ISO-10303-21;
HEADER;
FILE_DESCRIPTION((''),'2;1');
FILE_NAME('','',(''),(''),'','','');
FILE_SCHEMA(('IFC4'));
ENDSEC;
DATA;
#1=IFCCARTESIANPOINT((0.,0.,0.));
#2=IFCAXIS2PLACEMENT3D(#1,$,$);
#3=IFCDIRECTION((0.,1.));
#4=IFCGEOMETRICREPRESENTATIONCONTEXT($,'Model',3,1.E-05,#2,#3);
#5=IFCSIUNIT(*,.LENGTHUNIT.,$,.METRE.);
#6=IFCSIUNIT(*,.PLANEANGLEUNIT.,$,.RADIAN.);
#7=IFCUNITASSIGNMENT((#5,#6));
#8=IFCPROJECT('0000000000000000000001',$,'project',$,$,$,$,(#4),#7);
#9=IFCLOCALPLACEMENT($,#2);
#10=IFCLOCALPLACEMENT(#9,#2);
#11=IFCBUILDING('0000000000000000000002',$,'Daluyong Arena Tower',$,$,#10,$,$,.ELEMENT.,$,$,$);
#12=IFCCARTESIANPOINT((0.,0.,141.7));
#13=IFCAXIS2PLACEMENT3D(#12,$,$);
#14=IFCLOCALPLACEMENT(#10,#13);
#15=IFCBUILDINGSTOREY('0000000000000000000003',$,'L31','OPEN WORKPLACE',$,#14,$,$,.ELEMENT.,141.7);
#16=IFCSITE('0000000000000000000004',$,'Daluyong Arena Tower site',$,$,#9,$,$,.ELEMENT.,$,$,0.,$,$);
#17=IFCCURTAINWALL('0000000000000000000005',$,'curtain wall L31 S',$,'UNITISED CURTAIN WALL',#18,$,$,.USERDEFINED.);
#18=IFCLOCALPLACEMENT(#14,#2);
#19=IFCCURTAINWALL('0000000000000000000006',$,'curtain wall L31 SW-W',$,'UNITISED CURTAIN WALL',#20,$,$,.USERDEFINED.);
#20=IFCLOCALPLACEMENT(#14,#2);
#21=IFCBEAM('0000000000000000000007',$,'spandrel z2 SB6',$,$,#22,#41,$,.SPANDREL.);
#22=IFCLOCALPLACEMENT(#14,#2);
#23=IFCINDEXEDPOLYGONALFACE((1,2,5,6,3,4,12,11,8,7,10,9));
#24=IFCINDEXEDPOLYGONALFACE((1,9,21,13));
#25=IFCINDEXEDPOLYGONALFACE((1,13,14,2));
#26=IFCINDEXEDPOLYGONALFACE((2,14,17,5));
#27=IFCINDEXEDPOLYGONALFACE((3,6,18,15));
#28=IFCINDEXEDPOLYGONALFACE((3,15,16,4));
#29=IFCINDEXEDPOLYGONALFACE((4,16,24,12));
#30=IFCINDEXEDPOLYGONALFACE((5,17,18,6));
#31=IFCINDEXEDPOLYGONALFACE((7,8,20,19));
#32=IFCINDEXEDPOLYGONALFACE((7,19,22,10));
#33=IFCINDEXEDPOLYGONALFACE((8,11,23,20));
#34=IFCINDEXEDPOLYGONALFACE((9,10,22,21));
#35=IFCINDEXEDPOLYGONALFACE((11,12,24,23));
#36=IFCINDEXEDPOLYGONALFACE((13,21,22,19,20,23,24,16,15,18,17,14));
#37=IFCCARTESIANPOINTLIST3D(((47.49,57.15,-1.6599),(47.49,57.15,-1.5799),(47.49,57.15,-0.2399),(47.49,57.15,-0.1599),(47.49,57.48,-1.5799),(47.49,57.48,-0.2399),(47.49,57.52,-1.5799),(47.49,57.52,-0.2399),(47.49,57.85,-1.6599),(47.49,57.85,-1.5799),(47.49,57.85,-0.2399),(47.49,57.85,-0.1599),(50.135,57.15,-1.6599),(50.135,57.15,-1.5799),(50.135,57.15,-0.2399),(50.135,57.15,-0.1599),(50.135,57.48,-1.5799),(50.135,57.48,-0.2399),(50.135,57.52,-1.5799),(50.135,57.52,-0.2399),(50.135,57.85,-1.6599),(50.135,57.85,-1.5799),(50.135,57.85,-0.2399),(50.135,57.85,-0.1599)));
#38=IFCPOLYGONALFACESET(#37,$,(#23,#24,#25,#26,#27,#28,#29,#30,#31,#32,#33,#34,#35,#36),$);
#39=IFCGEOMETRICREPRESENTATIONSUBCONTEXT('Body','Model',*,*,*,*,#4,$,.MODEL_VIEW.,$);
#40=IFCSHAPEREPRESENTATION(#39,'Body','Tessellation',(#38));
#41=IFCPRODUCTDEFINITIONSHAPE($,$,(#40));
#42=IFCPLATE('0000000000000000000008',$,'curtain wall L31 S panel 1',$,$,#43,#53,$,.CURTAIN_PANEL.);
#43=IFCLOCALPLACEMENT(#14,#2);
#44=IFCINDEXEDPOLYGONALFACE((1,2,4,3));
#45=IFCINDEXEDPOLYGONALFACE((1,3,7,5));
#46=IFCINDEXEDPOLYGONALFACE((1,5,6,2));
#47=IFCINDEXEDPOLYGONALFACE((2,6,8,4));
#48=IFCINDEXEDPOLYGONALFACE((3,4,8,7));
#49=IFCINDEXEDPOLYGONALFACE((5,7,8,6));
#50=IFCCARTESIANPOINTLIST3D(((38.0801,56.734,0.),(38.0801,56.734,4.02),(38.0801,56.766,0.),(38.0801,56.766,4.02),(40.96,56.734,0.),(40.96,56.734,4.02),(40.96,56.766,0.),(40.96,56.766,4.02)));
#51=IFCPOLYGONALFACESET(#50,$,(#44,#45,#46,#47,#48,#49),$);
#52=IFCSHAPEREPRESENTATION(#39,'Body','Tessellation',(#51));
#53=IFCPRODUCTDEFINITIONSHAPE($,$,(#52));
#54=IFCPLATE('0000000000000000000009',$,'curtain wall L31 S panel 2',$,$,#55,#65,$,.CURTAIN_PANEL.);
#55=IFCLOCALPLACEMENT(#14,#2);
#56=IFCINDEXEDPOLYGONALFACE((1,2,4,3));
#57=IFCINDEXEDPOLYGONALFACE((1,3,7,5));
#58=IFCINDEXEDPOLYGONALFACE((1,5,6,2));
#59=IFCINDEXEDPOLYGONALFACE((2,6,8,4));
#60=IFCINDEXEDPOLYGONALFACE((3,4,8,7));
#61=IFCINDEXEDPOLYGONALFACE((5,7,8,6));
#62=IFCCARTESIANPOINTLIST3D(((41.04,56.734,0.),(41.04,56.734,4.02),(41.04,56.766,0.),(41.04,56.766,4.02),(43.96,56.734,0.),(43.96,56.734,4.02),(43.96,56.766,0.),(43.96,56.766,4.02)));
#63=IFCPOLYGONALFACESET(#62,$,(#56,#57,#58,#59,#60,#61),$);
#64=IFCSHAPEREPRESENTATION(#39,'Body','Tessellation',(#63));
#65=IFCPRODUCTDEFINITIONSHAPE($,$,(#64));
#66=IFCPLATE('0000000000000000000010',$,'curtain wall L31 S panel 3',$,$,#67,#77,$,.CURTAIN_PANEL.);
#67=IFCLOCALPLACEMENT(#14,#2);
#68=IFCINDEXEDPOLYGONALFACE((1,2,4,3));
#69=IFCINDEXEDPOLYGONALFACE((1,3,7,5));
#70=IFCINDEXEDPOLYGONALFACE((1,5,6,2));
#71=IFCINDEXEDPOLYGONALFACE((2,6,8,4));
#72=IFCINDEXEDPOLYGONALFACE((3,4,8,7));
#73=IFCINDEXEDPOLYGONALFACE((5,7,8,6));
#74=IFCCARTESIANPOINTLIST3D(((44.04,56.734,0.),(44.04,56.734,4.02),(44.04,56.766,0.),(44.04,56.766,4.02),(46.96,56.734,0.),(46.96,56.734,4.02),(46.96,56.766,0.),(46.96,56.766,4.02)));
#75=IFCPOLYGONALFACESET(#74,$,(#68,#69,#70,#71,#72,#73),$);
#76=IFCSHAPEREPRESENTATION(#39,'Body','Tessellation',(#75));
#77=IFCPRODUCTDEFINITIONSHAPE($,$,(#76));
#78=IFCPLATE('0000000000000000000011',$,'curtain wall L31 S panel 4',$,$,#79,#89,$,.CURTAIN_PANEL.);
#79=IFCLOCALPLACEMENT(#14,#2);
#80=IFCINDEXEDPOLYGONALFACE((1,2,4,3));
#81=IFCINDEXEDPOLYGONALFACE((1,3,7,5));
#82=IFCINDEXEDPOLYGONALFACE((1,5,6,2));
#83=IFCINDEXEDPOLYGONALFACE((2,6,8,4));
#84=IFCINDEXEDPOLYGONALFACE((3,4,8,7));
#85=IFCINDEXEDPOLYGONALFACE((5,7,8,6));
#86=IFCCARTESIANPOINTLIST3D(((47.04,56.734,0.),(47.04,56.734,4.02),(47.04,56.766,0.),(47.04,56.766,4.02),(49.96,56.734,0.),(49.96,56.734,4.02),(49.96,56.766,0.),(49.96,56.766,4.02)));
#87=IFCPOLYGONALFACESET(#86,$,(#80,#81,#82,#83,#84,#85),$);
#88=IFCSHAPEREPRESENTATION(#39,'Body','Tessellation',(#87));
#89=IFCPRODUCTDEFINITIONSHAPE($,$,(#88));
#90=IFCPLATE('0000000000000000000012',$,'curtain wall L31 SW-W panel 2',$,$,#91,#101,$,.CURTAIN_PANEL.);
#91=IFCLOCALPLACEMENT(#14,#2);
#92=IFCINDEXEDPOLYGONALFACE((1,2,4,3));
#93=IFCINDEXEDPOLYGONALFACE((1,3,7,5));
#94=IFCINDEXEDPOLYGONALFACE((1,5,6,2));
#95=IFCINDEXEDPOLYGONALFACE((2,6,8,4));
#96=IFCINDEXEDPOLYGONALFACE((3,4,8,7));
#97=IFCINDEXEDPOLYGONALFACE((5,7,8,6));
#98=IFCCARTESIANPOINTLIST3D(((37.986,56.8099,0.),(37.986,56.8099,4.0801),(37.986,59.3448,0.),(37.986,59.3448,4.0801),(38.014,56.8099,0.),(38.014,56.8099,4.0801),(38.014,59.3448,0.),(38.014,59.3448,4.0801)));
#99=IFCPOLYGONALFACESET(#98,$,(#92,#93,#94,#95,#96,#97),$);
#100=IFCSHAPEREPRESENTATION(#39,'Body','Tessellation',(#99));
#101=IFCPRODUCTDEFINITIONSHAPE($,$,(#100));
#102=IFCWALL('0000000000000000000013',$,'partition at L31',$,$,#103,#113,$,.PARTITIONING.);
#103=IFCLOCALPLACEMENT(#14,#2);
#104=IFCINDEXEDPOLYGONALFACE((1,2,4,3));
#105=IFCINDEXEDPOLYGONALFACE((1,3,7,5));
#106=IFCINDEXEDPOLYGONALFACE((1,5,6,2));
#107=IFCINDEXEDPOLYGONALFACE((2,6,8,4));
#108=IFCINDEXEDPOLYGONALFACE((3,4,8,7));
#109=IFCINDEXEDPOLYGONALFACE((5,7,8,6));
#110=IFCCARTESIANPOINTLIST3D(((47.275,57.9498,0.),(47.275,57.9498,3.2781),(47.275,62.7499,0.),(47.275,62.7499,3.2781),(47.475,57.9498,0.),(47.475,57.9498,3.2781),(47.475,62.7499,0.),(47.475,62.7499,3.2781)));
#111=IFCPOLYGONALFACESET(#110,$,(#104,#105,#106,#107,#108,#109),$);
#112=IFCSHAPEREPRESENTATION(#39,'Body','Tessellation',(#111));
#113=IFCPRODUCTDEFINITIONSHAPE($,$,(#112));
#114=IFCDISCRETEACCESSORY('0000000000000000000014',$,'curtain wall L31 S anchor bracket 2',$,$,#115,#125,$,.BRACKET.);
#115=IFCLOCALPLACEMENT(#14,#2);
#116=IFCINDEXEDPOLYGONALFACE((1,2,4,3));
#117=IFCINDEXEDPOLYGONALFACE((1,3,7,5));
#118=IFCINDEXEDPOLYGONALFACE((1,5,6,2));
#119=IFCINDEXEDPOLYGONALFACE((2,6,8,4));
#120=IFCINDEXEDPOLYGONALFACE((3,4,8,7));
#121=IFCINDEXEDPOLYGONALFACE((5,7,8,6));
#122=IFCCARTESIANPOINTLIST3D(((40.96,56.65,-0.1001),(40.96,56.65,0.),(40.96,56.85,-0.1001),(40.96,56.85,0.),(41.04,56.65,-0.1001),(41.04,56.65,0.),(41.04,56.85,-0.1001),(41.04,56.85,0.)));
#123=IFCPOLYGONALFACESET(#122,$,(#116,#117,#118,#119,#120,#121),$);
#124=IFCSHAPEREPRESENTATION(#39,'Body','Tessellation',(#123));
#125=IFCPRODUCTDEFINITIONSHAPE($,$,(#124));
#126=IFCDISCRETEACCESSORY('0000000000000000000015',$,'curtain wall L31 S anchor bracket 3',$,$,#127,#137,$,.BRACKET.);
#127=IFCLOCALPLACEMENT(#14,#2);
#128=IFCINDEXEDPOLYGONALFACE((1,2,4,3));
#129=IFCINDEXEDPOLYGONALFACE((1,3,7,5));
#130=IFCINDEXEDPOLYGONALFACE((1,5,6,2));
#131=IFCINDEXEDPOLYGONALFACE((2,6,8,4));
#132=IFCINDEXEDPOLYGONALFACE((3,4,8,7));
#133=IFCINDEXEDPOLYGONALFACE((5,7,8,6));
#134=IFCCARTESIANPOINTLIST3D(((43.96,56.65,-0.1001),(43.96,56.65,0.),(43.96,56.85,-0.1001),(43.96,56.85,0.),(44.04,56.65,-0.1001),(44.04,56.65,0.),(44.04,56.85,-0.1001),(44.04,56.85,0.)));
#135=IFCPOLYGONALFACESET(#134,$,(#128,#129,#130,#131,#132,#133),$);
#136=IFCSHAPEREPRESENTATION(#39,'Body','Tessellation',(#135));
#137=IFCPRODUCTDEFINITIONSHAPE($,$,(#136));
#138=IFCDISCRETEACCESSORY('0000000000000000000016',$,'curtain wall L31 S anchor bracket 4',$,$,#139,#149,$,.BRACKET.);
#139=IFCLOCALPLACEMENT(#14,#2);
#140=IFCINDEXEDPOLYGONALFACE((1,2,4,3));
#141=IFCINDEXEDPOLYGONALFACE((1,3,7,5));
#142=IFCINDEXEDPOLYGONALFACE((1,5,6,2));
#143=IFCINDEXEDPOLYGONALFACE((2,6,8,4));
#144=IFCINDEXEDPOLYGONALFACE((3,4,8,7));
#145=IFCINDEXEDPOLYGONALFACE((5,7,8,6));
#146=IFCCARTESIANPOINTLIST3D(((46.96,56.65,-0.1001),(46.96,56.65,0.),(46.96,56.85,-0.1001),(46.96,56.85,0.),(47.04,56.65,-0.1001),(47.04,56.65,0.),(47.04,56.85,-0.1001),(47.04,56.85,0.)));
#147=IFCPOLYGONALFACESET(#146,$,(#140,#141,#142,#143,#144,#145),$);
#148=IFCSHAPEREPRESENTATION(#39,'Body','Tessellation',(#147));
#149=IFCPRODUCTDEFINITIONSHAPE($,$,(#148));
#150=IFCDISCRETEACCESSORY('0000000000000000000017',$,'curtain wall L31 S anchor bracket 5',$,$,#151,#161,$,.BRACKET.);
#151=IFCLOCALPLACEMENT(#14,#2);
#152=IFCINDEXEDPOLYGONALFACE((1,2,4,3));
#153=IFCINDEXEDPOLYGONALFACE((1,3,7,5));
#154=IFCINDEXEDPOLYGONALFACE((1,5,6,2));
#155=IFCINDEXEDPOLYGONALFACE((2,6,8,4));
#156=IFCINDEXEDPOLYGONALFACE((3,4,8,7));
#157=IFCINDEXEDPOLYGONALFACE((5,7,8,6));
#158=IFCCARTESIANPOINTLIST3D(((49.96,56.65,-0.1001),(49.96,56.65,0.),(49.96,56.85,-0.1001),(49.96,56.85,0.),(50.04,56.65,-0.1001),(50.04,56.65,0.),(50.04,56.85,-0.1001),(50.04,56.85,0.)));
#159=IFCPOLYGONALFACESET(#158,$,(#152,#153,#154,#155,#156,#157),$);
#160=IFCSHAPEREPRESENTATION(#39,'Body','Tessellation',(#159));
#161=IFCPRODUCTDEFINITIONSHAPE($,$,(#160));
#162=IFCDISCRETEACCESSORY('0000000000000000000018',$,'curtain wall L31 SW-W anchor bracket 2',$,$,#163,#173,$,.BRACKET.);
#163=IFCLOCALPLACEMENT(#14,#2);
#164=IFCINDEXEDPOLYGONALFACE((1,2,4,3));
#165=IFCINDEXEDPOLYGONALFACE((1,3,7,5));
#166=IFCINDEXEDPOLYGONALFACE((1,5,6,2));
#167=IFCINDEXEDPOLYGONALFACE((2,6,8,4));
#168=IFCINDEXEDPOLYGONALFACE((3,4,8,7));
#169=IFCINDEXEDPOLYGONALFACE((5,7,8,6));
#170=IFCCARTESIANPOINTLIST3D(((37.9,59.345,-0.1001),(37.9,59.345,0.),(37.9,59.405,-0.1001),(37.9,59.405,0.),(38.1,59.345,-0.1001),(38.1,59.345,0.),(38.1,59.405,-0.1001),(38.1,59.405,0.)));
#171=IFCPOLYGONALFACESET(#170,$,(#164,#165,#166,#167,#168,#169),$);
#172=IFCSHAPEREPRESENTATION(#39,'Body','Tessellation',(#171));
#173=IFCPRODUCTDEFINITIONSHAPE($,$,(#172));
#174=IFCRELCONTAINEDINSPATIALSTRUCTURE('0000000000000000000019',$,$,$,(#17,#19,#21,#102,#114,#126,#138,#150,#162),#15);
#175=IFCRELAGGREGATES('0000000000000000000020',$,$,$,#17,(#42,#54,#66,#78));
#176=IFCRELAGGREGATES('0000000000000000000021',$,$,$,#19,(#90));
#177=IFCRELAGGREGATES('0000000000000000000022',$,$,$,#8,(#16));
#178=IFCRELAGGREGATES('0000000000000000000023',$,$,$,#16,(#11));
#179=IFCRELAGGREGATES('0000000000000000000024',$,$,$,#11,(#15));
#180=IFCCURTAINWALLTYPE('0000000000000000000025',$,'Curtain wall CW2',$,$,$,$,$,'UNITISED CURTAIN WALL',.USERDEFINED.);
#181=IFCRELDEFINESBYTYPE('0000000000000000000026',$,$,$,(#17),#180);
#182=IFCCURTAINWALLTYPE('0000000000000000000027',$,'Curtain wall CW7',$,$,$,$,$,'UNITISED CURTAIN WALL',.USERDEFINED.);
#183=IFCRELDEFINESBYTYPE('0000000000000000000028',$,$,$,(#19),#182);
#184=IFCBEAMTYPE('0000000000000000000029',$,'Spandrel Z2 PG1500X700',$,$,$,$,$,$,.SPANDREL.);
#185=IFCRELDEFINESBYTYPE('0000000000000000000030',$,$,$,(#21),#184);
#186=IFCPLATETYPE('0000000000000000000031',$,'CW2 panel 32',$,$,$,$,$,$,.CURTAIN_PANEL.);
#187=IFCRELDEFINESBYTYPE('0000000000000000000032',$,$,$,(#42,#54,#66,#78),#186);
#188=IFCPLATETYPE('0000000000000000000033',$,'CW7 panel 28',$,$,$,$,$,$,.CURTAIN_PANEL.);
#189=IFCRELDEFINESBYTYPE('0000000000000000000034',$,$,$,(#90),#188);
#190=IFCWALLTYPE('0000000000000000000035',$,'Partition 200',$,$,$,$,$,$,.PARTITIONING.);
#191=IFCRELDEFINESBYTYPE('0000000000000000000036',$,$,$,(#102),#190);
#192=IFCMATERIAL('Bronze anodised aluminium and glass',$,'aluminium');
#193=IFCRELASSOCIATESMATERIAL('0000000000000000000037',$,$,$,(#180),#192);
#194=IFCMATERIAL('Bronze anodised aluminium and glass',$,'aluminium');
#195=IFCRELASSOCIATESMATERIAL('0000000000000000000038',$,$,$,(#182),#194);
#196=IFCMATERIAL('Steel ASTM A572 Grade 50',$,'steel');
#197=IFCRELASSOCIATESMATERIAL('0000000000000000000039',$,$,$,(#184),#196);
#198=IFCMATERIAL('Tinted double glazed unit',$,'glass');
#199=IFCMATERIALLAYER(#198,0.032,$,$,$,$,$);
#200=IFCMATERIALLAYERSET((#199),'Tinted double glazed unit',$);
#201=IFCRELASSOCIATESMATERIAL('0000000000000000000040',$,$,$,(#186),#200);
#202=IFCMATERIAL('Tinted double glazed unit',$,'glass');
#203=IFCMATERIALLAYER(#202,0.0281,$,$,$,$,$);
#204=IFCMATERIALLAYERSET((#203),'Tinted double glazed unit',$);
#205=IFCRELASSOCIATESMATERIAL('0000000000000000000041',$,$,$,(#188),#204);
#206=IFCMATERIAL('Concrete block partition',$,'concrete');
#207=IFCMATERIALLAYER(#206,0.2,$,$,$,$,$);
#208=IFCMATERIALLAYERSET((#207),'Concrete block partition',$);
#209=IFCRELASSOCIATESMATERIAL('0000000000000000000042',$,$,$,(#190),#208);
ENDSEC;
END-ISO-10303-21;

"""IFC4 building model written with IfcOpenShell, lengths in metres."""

from ifc_helpers import new_model, si_unit, direction, frame, frame_2d, origin, origin_2d, place, context, subcontext, project, spatial, rectangle, i_section, extrude, material, layer, layer_set, material_profile, profile_set, type_object, element, aggregate, save


model = new_model("IFC4")

# Units and contexts
model_context = context("Model", 3, precision=1e-05, world=origin(), true_north=direction((0.0, 1.0)))
body_context = subcontext(model_context, "Body", "Model", "MODEL_VIEW")
ifc_project = project(units=[si_unit("LENGTHUNIT", "METRE"), si_unit("PLANEANGLEUNIT", "RADIAN")], contexts=[model_context])

# Site, building, storey
site_placement = place(None, origin())
site = spatial("IfcSite", under=ifc_project, at=site_placement, Name="Daluyong Arena Tower site", CompositionType="ELEMENT", RefElevation=0.0)
building_placement = place(site_placement, origin())
building = spatial("IfcBuilding", under=site, at=building_placement, Name="Daluyong Arena Tower", CompositionType="ELEMENT")
storey_placement = place(building_placement, frame((0.0, 0.0, 141.7)))
storey = spatial("IfcBuildingStorey", under=building, at=storey_placement, Name="L31", Description="OPEN WORKPLACE", CompositionType="ELEMENT", Elevation=141.7)

# Curtain walls
ifc_material_1 = material(Name="Bronze anodised aluminium and glass", Category="aluminium")
curtain_wall_type_1 = type_object("IfcCurtainWallType", Name="Curtain wall CW2", ElementType="UNITISED CURTAIN WALL", PredefinedType="USERDEFINED", material=ifc_material_1)
curtain_wall_1_placement = place(storey_placement, origin())
curtain_wall_1 = element("IfcCurtainWall", 1, at=curtain_wall_1_placement, inside=storey, type_object=curtain_wall_type_1, Name="curtain wall L31 S", ObjectType="UNITISED CURTAIN WALL", PredefinedType="USERDEFINED")
ifc_material_2 = material(Name="Bronze anodised aluminium and glass", Category="aluminium")
curtain_wall_type_2 = type_object("IfcCurtainWallType", Name="Curtain wall CW7", ElementType="UNITISED CURTAIN WALL", PredefinedType="USERDEFINED", material=ifc_material_2)
curtain_wall_2_placement = place(storey_placement, origin())
curtain_wall_2 = element("IfcCurtainWall", 2, at=curtain_wall_2_placement, inside=storey, type_object=curtain_wall_type_2, Name="curtain wall L31 SW-W", ObjectType="UNITISED CURTAIN WALL", PredefinedType="USERDEFINED")

# Beam
ifc_material_3 = material(Name="Steel ASTM A572 Grade 50", Category="steel")
ifc_material_profile_1 = material_profile(ifc_material_3, i_section(OverallWidth=0.7, OverallDepth=1.5, WebThickness=0.04, FlangeThickness=0.08, at=origin_2d()))
ifc_profile_set_1 = profile_set([ifc_material_profile_1], Name="Steel ASTM A572 Grade 50")
beam_type_1 = type_object("IfcBeamType", Name="Spandrel Z2 PG1500X700", PredefinedType="SPANDREL", material=ifc_profile_set_1)
for number, where, z_axis, x_axis, name in (
    (3, (47.49, 57.5, -0.9099), (1.0, 0.0, 0.0), (0.0, 1.0, 0.0), "spandrel z2 SB6"),
):
    element("IfcBeam", number, at=place(storey_placement, frame(where, z_axis=z_axis, x_axis=x_axis)), inside=storey, type_object=beam_type_1, Name=name, PredefinedType="SPANDREL", context=body_context, shape_type="SweptSolid", body=[
        extrude(i_section(OverallWidth=0.7, OverallDepth=1.5, WebThickness=0.04, FlangeThickness=0.08, at=origin_2d()), origin(), (0.0, 0.0, 1.0), 2.645),
    ])

# Plates
ifc_material_4 = material(Name="Tinted double glazed unit", Category="glass")
ifc_layer_1 = layer(ifc_material_4, 0.032)
ifc_layer_set_1 = layer_set([ifc_layer_1], Name="Tinted double glazed unit")
plate_type_1 = type_object("IfcPlateType", Name="CW2 panel 32", PredefinedType="CURTAIN_PANEL", material=ifc_layer_set_1)
plate_1_placement = place(storey_placement, frame((39.52, 56.75, 0.0), z_axis=(0.0, 0.0, 1.0), x_axis=(1.0, 0.0, 0.0)))
plate_1 = element("IfcPlate", 4, at=plate_1_placement, type_object=plate_type_1, Name="curtain wall L31 S panel 1", PredefinedType="CURTAIN_PANEL", context=body_context, shape_type="SweptSolid", body=[
    extrude(rectangle(XDim=2.8799, YDim=0.032, at=origin_2d()), origin(), (0.0, 0.0, 1.0), 4.02),
])
plate_2_placement = place(storey_placement, frame((42.5, 56.75, 0.0), z_axis=(0.0, 0.0, 1.0), x_axis=(1.0, 0.0, 0.0)))
plate_2 = element("IfcPlate", 5, at=plate_2_placement, type_object=plate_type_1, Name="curtain wall L31 S panel 2", PredefinedType="CURTAIN_PANEL", context=body_context, shape_type="SweptSolid", body=[
    extrude(rectangle(XDim=2.9199, YDim=0.032, at=origin_2d()), origin(), (0.0, 0.0, 1.0), 4.02),
])
plate_3_placement = place(storey_placement, frame((45.5, 56.75, 0.0), z_axis=(0.0, 0.0, 1.0), x_axis=(1.0, 0.0, 0.0)))
plate_3 = element("IfcPlate", 6, at=plate_3_placement, type_object=plate_type_1, Name="curtain wall L31 S panel 3", PredefinedType="CURTAIN_PANEL", context=body_context, shape_type="SweptSolid", body=[
    extrude(rectangle(XDim=2.9199, YDim=0.032, at=origin_2d()), origin(), (0.0, 0.0, 1.0), 4.02),
])
plate_4_placement = place(storey_placement, frame((48.5, 56.75, 0.0), z_axis=(0.0, 0.0, 1.0), x_axis=(1.0, 0.0, 0.0)))
plate_4 = element("IfcPlate", 7, at=plate_4_placement, type_object=plate_type_1, Name="curtain wall L31 S panel 4", PredefinedType="CURTAIN_PANEL", context=body_context, shape_type="SweptSolid", body=[
    extrude(rectangle(XDim=2.9199, YDim=0.032, at=origin_2d()), origin(), (0.0, 0.0, 1.0), 4.02),
])
aggregate(curtain_wall_1, [plate_1, plate_2, plate_3, plate_4])
ifc_material_5 = material(Name="Tinted double glazed unit", Category="glass")
ifc_layer_2 = layer(ifc_material_5, 0.0281)
ifc_layer_set_2 = layer_set([ifc_layer_2], Name="Tinted double glazed unit")
plate_type_2 = type_object("IfcPlateType", Name="CW7 panel 28", PredefinedType="CURTAIN_PANEL", material=ifc_layer_set_2)
plate_5_placement = place(storey_placement, frame((38.0, 58.0774, 0.0), z_axis=(0.0, 0.0, 1.0), x_axis=(0.0, -1.0, 0.0)))
plate_5 = element("IfcPlate", 8, at=plate_5_placement, type_object=plate_type_2, Name="curtain wall L31 SW-W panel 2", PredefinedType="CURTAIN_PANEL", context=body_context, shape_type="SweptSolid", body=[
    extrude(rectangle(XDim=2.5349, YDim=0.0281, at=origin_2d()), origin(), (0.0, 0.0, 1.0), 4.0801),
])
aggregate(curtain_wall_2, [plate_5])

# Wall
ifc_material_6 = material(Name="Concrete block partition", Category="concrete")
ifc_layer_3 = layer(ifc_material_6, 0.2)
ifc_layer_set_3 = layer_set([ifc_layer_3], Name="Concrete block partition")
wall_type = type_object("IfcWallType", Name="Partition 200", PredefinedType="PARTITIONING", material=ifc_layer_set_3)
wall_placement = place(storey_placement, frame((47.375, 57.95, 0.0), z_axis=(0.0, 0.0, 1.0), x_axis=(0.0, 1.0, 0.0)))
element("IfcWall", 9, at=wall_placement, inside=storey, type_object=wall_type, Name="partition at L31", PredefinedType="PARTITIONING", context=body_context, shape_type="SweptSolid", body=[
    extrude(rectangle(XDim=4.8, YDim=0.2, at=frame_2d((2.3999, 0.0))), origin(), (0.0, 0.0, 1.0), 3.2781),
])

# Discrete accessories
for number, where, z_axis, x_axis, name in (
    (10, (41.0, 56.75, -0.1001), (0.0, 0.0, 1.0), (1.0, 0.0, 0.0), "curtain wall L31 S anchor bracket 2"),
    (11, (44.0, 56.75, -0.1001), (0.0, 0.0, 1.0), (1.0, 0.0, 0.0), "curtain wall L31 S anchor bracket 3"),
    (12, (47.0, 56.75, -0.1001), (0.0, 0.0, 1.0), (1.0, 0.0, 0.0), "curtain wall L31 S anchor bracket 4"),
    (13, (50.0, 56.75, -0.1001), (0.0, 0.0, 1.0), (1.0, 0.0, 0.0), "curtain wall L31 S anchor bracket 5"),
):
    element("IfcDiscreteAccessory", number, at=place(storey_placement, frame(where, z_axis=z_axis, x_axis=x_axis)), inside=storey, Name=name, PredefinedType="BRACKET", context=body_context, shape_type="SweptSolid", body=[
        extrude(rectangle(XDim=0.0801, YDim=0.2, at=origin_2d()), origin(), (0.0, 0.0, 1.0), 0.1001),
    ])
discrete_accessory_placement = place(storey_placement, frame((38.0, 59.375, -0.1001), z_axis=(0.0, 0.0, 1.0), x_axis=(0.0, -1.0, 0.0)))
element("IfcDiscreteAccessory", 14, at=discrete_accessory_placement, inside=storey, Name="curtain wall L31 SW-W anchor bracket 2", PredefinedType="BRACKET", context=body_context, shape_type="SweptSolid", body=[
    extrude(rectangle(XDim=0.0601, YDim=0.2, at=origin_2d()), origin(), (0.0, 0.0, 1.0), 0.1001),
])

save(model, "model.ifc")
